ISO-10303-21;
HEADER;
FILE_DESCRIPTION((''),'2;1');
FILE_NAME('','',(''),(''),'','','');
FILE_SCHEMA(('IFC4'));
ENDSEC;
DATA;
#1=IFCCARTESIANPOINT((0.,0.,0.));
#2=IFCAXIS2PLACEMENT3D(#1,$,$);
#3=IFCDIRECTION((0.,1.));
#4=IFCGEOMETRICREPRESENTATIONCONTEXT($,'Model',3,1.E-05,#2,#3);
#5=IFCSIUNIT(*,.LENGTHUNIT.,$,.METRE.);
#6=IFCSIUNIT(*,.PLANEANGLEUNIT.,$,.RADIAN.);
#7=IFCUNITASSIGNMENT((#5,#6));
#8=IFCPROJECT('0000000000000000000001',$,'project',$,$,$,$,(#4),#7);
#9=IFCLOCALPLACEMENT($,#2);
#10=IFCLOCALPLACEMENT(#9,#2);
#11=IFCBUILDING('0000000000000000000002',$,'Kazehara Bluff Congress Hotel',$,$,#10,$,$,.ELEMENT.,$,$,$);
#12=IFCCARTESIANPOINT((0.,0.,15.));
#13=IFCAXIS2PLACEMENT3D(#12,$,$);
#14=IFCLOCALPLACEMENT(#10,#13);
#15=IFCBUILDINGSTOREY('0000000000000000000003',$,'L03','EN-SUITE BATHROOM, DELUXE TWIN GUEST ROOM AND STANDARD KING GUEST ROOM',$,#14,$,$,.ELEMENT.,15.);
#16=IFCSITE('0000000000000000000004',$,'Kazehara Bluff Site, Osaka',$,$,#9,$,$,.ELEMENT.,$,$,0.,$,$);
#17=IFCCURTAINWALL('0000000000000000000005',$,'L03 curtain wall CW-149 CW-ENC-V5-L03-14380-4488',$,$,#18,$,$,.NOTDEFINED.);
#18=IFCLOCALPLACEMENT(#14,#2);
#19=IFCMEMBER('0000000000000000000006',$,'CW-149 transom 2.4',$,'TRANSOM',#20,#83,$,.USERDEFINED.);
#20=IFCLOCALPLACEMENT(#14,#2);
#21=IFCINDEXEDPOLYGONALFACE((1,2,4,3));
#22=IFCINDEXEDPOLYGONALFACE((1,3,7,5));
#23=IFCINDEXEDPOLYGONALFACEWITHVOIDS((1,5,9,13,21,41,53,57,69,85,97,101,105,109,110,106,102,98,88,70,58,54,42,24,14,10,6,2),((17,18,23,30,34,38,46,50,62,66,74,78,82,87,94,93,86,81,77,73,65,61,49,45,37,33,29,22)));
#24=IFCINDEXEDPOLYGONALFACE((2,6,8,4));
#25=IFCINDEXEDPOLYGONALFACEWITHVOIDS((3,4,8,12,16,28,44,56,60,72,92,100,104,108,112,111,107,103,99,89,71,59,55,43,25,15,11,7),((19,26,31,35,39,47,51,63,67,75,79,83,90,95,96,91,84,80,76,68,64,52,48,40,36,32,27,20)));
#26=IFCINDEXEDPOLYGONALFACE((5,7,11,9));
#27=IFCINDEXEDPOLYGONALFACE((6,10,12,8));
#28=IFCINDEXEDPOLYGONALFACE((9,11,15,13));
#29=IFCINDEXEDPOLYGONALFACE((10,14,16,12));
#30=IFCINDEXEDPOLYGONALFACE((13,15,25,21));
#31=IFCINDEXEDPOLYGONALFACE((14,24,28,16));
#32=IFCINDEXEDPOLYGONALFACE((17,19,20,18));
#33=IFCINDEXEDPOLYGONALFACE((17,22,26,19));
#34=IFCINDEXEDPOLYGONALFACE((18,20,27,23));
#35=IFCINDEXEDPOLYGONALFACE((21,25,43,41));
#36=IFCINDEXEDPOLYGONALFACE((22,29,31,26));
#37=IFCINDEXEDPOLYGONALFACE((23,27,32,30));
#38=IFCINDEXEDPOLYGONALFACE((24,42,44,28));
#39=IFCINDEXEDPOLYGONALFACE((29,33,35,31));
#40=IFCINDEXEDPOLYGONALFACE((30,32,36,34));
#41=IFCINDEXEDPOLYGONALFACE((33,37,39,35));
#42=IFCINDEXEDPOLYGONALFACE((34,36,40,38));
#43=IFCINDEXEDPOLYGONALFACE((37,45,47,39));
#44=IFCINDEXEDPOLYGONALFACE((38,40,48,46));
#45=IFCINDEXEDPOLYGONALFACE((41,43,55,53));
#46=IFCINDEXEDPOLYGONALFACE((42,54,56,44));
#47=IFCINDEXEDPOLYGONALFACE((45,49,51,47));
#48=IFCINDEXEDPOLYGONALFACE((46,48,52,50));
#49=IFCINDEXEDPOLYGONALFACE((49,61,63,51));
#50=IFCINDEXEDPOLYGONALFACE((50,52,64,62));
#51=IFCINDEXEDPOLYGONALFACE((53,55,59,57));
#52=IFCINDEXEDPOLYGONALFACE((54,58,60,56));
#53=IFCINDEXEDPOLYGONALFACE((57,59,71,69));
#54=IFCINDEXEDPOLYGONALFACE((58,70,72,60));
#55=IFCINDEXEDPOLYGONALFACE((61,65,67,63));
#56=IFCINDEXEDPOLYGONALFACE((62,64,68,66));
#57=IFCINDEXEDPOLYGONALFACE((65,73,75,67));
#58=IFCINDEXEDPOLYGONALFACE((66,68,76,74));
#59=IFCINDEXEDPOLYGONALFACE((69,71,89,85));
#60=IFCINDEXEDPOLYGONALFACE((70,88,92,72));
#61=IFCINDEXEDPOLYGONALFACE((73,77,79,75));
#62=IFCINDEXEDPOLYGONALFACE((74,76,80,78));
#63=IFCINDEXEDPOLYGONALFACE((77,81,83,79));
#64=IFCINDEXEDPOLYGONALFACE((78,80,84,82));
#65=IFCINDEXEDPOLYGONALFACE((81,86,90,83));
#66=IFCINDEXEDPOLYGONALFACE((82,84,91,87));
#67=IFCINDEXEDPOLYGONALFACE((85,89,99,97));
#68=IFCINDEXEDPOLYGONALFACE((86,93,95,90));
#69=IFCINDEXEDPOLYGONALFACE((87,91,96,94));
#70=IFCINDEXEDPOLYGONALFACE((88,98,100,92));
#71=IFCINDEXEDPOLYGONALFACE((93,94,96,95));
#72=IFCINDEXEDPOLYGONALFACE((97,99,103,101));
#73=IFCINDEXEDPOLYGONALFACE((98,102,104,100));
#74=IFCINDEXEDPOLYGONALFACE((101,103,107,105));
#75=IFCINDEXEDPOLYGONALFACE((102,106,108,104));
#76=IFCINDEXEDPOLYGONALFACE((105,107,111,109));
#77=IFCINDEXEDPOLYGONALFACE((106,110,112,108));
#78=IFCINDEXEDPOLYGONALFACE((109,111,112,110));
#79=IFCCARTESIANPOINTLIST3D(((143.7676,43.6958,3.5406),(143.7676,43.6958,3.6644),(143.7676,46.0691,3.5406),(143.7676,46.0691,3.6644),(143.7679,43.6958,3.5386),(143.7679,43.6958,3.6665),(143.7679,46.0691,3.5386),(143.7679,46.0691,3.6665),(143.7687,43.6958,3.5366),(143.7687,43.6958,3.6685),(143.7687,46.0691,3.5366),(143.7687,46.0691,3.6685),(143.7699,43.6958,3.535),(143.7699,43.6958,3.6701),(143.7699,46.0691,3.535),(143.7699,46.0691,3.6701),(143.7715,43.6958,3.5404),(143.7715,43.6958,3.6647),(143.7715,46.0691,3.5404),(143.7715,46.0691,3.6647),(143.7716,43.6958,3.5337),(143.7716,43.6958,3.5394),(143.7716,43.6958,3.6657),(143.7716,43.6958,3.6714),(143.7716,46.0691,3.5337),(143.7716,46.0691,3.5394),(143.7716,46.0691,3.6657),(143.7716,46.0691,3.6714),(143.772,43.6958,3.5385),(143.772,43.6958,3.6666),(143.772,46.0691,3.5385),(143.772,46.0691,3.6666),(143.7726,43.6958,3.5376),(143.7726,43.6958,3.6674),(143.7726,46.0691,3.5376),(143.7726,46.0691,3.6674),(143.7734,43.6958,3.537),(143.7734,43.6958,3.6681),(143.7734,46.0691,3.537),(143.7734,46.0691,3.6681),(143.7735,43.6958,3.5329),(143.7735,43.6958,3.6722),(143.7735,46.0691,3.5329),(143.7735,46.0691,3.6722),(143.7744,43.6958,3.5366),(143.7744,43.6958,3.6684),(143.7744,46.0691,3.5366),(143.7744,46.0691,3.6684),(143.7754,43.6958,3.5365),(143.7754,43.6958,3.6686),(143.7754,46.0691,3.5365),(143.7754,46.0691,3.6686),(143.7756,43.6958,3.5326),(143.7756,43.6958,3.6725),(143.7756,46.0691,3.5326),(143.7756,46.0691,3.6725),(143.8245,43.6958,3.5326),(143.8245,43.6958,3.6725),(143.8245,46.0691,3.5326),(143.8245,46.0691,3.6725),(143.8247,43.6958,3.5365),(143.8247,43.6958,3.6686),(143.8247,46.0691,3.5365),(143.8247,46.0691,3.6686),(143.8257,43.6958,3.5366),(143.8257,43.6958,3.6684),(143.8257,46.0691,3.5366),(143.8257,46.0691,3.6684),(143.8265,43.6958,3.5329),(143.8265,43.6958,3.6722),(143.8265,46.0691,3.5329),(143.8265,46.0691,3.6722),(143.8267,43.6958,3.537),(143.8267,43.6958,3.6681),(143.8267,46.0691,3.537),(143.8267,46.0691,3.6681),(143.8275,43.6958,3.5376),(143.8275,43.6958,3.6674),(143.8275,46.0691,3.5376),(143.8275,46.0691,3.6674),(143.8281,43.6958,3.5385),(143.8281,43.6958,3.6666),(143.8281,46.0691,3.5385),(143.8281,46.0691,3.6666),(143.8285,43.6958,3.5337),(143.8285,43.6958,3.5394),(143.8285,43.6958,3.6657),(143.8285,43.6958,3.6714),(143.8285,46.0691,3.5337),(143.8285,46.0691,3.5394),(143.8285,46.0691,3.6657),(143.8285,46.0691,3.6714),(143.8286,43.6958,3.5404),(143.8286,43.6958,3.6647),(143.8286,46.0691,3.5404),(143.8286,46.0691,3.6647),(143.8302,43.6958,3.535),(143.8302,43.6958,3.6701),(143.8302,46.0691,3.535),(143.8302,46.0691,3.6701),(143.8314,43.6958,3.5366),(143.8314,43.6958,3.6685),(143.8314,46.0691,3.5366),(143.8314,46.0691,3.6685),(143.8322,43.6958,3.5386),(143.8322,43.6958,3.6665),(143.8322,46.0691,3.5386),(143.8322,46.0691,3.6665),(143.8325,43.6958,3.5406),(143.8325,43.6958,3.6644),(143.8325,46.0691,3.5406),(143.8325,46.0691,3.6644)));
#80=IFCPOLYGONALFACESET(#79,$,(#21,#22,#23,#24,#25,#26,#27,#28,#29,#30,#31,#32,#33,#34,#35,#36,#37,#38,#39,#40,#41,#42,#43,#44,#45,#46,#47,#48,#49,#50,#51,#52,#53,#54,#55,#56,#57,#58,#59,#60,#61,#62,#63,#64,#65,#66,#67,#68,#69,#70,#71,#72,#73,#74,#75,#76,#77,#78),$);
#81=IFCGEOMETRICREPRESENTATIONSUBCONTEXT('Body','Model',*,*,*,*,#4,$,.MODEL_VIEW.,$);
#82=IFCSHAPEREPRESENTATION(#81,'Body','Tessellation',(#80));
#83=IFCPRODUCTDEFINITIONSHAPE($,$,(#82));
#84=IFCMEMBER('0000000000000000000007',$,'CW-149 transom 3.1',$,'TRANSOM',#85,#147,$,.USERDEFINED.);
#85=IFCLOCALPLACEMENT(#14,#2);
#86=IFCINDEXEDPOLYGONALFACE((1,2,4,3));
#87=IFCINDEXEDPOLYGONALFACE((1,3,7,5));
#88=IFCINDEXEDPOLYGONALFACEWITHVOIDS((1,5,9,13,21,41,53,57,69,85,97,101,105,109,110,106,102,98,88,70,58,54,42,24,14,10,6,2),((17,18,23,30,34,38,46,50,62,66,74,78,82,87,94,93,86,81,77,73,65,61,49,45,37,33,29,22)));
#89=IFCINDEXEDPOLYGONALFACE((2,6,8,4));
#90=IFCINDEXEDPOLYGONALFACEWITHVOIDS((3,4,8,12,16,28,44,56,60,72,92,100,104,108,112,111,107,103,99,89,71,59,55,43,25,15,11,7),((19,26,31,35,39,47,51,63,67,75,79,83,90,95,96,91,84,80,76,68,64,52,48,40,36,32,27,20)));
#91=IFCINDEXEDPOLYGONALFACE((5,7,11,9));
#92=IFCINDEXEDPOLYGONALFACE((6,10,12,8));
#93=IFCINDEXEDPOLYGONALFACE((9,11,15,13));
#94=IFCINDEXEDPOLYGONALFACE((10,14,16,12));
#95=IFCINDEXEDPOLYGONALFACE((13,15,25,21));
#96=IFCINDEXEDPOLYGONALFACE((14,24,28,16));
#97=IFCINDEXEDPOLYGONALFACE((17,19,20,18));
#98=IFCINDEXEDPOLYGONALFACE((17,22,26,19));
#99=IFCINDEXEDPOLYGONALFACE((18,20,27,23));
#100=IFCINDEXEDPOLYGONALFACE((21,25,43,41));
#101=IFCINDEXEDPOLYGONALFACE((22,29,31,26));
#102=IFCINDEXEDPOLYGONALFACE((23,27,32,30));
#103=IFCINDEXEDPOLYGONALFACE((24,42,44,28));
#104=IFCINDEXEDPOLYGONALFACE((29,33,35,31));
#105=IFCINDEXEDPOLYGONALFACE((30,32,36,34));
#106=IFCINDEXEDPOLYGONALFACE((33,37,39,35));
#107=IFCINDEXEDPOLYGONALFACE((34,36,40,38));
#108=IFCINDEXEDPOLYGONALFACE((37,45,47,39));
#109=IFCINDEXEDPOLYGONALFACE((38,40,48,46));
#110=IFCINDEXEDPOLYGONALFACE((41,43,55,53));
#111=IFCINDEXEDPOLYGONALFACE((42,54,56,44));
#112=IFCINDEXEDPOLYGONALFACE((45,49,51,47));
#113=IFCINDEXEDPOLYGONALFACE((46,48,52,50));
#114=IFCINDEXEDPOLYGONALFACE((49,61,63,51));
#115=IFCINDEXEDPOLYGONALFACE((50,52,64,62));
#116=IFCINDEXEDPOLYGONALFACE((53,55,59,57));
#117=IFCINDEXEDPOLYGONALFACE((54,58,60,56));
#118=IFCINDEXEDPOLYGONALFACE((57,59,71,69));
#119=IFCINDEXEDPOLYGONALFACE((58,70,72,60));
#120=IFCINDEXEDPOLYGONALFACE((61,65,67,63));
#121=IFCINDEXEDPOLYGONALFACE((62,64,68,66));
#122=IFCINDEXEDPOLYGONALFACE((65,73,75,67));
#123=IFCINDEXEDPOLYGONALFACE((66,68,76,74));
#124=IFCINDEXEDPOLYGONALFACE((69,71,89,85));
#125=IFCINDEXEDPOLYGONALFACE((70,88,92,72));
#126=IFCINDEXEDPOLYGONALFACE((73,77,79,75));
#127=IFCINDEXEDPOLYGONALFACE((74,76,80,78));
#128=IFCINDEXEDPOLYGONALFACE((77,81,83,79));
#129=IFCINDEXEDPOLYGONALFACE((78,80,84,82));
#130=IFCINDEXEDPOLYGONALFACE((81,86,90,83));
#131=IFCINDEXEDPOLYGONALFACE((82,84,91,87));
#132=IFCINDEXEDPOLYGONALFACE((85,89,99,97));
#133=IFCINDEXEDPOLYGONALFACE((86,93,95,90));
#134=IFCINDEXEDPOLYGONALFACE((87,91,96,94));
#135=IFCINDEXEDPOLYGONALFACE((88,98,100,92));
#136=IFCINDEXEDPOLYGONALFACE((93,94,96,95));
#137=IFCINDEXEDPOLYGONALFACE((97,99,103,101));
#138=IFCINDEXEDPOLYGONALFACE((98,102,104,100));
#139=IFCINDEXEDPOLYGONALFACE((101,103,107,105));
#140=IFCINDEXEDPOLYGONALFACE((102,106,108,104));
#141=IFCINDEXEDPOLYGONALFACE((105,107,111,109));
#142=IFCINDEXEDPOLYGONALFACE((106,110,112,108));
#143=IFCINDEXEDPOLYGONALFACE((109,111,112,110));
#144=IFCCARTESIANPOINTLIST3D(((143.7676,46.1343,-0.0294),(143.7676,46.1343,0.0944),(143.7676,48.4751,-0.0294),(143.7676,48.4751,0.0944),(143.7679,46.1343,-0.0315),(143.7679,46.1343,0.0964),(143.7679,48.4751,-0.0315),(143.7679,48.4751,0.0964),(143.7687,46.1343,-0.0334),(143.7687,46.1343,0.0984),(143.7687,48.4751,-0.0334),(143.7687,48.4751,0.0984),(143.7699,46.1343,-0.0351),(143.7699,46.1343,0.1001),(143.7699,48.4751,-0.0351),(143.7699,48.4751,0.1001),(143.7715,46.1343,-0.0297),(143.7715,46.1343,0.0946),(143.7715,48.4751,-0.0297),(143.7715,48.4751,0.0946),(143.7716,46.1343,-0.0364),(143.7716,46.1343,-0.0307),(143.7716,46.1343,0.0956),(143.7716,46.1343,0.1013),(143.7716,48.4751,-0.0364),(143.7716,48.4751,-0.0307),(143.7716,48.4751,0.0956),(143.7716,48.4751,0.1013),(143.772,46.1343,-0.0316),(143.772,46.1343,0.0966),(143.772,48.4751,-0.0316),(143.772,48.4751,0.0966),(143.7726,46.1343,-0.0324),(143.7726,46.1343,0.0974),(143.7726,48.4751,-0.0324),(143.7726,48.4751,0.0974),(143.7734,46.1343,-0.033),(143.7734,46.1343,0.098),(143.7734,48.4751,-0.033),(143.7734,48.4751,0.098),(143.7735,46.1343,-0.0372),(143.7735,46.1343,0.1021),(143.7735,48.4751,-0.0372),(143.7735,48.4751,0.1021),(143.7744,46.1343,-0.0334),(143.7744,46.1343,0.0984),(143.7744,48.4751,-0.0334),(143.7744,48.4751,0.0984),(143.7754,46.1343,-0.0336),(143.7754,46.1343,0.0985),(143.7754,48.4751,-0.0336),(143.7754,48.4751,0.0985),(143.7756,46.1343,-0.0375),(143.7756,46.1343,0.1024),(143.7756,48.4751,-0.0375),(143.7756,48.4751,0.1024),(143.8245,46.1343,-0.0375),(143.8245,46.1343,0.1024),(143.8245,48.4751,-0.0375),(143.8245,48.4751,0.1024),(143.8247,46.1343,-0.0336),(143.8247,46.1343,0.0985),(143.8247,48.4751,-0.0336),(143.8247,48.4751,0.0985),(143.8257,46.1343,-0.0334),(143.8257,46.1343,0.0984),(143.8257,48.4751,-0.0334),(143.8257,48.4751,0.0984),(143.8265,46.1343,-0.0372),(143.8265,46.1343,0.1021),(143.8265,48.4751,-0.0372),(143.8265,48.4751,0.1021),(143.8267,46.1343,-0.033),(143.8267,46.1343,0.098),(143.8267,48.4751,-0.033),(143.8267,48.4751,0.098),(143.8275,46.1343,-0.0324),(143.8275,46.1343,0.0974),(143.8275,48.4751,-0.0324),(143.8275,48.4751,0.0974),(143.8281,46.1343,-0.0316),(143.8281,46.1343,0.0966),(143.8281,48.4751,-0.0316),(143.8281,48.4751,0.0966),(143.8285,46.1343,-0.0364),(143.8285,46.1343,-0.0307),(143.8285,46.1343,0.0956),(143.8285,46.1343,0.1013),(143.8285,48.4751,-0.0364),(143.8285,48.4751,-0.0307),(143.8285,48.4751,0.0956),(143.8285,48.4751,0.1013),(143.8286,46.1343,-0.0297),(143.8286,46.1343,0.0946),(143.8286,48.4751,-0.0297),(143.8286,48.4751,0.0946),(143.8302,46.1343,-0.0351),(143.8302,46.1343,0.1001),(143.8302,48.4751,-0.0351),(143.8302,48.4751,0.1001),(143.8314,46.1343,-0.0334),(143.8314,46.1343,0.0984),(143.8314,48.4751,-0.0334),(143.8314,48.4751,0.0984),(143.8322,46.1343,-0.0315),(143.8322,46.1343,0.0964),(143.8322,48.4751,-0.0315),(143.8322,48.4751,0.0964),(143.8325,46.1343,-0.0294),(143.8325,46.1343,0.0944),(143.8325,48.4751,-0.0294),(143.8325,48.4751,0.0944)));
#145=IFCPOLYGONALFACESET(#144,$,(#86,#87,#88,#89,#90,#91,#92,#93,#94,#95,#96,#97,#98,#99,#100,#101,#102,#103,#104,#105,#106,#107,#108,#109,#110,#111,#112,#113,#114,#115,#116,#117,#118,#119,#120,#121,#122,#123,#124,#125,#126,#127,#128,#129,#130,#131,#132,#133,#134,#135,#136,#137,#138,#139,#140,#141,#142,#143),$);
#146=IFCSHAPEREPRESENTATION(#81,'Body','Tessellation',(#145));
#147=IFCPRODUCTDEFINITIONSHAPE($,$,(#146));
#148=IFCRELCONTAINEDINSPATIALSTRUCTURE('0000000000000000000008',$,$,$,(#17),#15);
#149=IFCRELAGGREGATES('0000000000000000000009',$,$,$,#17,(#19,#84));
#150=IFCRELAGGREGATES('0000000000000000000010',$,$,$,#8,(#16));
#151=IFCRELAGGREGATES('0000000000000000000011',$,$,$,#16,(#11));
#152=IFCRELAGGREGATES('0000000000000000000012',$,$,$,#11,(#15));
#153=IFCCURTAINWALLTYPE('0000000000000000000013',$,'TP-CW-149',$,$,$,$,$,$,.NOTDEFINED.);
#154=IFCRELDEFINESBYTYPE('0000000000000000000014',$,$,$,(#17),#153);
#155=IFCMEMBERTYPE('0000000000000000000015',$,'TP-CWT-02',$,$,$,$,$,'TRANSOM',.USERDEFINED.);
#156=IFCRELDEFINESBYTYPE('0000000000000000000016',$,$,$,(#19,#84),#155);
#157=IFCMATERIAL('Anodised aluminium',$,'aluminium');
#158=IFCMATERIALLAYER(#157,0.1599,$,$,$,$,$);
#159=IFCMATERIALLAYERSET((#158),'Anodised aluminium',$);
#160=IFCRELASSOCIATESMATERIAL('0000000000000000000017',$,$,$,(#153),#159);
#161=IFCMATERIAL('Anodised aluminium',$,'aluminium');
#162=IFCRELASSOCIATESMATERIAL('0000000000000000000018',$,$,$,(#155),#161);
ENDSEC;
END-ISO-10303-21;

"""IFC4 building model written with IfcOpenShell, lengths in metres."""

from ifc_helpers import new_model, si_unit, direction, frame, origin, origin_2d, place, context, subcontext, project, spatial, hollow_rectangle, extrude, material, layer, layer_set, material_profile, profile_set, type_object, element, aggregate, save


model = new_model("IFC4")

# Units and contexts
model_context = context("Model", 3, precision=1e-05, world=origin(), true_north=direction((0.0, 1.0)))
body_context = subcontext(model_context, "Body", "Model", "MODEL_VIEW")
ifc_project = project(units=[si_unit("LENGTHUNIT", "METRE"), si_unit("PLANEANGLEUNIT", "RADIAN")], contexts=[model_context])

# Site, building, storey
site_placement = place(None, origin())
site = spatial("IfcSite", under=ifc_project, at=site_placement, Name="Kazehara Bluff Site, Osaka", CompositionType="ELEMENT", RefElevation=0.0)
building_placement = place(site_placement, origin())
building = spatial("IfcBuilding", under=site, at=building_placement, Name="Kazehara Bluff Congress Hotel", CompositionType="ELEMENT")
storey_placement = place(building_placement, frame((0.0, 0.0, 15.0)))
storey = spatial("IfcBuildingStorey", under=building, at=storey_placement, Name="L03", Description="EN-SUITE BATHROOM, DELUXE TWIN GUEST ROOM AND STANDARD KING GUEST ROOM", CompositionType="ELEMENT", Elevation=15.0)

# Curtain wall
ifc_material_1 = material(Name="Anodised aluminium", Category="aluminium")
ifc_layer_1 = layer(ifc_material_1, 0.1599)
ifc_layer_set_1 = layer_set([ifc_layer_1], Name="Anodised aluminium")
curtain_wall_type_1 = type_object("IfcCurtainWallType", Name="TP-CW-149", PredefinedType="NOTDEFINED", material=ifc_layer_set_1)
curtain_wall_1_placement = place(storey_placement, origin())
curtain_wall_1 = element("IfcCurtainWall", 1, at=curtain_wall_1_placement, inside=storey, type_object=curtain_wall_type_1, Name="L03 curtain wall CW-149 CW-ENC-V5-L03-14380-4488", PredefinedType="NOTDEFINED")

# Members
ifc_material_2 = material(Name="Anodised aluminium", Category="aluminium")
ifc_material_profile_1 = material_profile(ifc_material_2, hollow_rectangle(XDim=0.0649, YDim=0.1399, WallThickness=0.0039, InnerFilletRadius=0.0039, OuterFilletRadius=0.0081, at=origin_2d()))
ifc_profile_set_1 = profile_set([ifc_material_profile_1], Name="Anodised aluminium")
member_type_1 = type_object("IfcMemberType", Name="TP-CWT-02", ElementType="TRANSOM", PredefinedType="USERDEFINED", material=ifc_profile_set_1)
member_1_placement = place(storey_placement, frame((143.8, 43.6958, 3.6025), z_axis=(0.0, 1.0, 0.0), x_axis=(-1.0, 0.0, 0.0)))
member_1 = element("IfcMember", 2, at=member_1_placement, type_object=member_type_1, Name="CW-149 transom 2.4", ObjectType="TRANSOM", PredefinedType="USERDEFINED", context=body_context, shape_type="SweptSolid", body=[
    extrude(hollow_rectangle(XDim=0.0649, YDim=0.1399, WallThickness=0.0039, InnerFilletRadius=0.0039, OuterFilletRadius=0.0081, at=origin_2d()), origin(), (0.0, 0.0, 1.0), 2.3733),
])
member_2_placement = place(storey_placement, frame((143.8, 46.1343, 0.0325), z_axis=(0.0, 1.0, 0.0), x_axis=(-1.0, 0.0, 0.0)))
member_2 = element("IfcMember", 3, at=member_2_placement, type_object=member_type_1, Name="CW-149 transom 3.1", ObjectType="TRANSOM", PredefinedType="USERDEFINED", context=body_context, shape_type="SweptSolid", body=[
    extrude(hollow_rectangle(XDim=0.0649, YDim=0.1399, WallThickness=0.0039, InnerFilletRadius=0.0039, OuterFilletRadius=0.0081, at=origin_2d()), origin(), (0.0, 0.0, 1.0), 2.3408),
])

aggregate(curtain_wall_1, [member_1, member_2])

save(model, "model.ifc")
